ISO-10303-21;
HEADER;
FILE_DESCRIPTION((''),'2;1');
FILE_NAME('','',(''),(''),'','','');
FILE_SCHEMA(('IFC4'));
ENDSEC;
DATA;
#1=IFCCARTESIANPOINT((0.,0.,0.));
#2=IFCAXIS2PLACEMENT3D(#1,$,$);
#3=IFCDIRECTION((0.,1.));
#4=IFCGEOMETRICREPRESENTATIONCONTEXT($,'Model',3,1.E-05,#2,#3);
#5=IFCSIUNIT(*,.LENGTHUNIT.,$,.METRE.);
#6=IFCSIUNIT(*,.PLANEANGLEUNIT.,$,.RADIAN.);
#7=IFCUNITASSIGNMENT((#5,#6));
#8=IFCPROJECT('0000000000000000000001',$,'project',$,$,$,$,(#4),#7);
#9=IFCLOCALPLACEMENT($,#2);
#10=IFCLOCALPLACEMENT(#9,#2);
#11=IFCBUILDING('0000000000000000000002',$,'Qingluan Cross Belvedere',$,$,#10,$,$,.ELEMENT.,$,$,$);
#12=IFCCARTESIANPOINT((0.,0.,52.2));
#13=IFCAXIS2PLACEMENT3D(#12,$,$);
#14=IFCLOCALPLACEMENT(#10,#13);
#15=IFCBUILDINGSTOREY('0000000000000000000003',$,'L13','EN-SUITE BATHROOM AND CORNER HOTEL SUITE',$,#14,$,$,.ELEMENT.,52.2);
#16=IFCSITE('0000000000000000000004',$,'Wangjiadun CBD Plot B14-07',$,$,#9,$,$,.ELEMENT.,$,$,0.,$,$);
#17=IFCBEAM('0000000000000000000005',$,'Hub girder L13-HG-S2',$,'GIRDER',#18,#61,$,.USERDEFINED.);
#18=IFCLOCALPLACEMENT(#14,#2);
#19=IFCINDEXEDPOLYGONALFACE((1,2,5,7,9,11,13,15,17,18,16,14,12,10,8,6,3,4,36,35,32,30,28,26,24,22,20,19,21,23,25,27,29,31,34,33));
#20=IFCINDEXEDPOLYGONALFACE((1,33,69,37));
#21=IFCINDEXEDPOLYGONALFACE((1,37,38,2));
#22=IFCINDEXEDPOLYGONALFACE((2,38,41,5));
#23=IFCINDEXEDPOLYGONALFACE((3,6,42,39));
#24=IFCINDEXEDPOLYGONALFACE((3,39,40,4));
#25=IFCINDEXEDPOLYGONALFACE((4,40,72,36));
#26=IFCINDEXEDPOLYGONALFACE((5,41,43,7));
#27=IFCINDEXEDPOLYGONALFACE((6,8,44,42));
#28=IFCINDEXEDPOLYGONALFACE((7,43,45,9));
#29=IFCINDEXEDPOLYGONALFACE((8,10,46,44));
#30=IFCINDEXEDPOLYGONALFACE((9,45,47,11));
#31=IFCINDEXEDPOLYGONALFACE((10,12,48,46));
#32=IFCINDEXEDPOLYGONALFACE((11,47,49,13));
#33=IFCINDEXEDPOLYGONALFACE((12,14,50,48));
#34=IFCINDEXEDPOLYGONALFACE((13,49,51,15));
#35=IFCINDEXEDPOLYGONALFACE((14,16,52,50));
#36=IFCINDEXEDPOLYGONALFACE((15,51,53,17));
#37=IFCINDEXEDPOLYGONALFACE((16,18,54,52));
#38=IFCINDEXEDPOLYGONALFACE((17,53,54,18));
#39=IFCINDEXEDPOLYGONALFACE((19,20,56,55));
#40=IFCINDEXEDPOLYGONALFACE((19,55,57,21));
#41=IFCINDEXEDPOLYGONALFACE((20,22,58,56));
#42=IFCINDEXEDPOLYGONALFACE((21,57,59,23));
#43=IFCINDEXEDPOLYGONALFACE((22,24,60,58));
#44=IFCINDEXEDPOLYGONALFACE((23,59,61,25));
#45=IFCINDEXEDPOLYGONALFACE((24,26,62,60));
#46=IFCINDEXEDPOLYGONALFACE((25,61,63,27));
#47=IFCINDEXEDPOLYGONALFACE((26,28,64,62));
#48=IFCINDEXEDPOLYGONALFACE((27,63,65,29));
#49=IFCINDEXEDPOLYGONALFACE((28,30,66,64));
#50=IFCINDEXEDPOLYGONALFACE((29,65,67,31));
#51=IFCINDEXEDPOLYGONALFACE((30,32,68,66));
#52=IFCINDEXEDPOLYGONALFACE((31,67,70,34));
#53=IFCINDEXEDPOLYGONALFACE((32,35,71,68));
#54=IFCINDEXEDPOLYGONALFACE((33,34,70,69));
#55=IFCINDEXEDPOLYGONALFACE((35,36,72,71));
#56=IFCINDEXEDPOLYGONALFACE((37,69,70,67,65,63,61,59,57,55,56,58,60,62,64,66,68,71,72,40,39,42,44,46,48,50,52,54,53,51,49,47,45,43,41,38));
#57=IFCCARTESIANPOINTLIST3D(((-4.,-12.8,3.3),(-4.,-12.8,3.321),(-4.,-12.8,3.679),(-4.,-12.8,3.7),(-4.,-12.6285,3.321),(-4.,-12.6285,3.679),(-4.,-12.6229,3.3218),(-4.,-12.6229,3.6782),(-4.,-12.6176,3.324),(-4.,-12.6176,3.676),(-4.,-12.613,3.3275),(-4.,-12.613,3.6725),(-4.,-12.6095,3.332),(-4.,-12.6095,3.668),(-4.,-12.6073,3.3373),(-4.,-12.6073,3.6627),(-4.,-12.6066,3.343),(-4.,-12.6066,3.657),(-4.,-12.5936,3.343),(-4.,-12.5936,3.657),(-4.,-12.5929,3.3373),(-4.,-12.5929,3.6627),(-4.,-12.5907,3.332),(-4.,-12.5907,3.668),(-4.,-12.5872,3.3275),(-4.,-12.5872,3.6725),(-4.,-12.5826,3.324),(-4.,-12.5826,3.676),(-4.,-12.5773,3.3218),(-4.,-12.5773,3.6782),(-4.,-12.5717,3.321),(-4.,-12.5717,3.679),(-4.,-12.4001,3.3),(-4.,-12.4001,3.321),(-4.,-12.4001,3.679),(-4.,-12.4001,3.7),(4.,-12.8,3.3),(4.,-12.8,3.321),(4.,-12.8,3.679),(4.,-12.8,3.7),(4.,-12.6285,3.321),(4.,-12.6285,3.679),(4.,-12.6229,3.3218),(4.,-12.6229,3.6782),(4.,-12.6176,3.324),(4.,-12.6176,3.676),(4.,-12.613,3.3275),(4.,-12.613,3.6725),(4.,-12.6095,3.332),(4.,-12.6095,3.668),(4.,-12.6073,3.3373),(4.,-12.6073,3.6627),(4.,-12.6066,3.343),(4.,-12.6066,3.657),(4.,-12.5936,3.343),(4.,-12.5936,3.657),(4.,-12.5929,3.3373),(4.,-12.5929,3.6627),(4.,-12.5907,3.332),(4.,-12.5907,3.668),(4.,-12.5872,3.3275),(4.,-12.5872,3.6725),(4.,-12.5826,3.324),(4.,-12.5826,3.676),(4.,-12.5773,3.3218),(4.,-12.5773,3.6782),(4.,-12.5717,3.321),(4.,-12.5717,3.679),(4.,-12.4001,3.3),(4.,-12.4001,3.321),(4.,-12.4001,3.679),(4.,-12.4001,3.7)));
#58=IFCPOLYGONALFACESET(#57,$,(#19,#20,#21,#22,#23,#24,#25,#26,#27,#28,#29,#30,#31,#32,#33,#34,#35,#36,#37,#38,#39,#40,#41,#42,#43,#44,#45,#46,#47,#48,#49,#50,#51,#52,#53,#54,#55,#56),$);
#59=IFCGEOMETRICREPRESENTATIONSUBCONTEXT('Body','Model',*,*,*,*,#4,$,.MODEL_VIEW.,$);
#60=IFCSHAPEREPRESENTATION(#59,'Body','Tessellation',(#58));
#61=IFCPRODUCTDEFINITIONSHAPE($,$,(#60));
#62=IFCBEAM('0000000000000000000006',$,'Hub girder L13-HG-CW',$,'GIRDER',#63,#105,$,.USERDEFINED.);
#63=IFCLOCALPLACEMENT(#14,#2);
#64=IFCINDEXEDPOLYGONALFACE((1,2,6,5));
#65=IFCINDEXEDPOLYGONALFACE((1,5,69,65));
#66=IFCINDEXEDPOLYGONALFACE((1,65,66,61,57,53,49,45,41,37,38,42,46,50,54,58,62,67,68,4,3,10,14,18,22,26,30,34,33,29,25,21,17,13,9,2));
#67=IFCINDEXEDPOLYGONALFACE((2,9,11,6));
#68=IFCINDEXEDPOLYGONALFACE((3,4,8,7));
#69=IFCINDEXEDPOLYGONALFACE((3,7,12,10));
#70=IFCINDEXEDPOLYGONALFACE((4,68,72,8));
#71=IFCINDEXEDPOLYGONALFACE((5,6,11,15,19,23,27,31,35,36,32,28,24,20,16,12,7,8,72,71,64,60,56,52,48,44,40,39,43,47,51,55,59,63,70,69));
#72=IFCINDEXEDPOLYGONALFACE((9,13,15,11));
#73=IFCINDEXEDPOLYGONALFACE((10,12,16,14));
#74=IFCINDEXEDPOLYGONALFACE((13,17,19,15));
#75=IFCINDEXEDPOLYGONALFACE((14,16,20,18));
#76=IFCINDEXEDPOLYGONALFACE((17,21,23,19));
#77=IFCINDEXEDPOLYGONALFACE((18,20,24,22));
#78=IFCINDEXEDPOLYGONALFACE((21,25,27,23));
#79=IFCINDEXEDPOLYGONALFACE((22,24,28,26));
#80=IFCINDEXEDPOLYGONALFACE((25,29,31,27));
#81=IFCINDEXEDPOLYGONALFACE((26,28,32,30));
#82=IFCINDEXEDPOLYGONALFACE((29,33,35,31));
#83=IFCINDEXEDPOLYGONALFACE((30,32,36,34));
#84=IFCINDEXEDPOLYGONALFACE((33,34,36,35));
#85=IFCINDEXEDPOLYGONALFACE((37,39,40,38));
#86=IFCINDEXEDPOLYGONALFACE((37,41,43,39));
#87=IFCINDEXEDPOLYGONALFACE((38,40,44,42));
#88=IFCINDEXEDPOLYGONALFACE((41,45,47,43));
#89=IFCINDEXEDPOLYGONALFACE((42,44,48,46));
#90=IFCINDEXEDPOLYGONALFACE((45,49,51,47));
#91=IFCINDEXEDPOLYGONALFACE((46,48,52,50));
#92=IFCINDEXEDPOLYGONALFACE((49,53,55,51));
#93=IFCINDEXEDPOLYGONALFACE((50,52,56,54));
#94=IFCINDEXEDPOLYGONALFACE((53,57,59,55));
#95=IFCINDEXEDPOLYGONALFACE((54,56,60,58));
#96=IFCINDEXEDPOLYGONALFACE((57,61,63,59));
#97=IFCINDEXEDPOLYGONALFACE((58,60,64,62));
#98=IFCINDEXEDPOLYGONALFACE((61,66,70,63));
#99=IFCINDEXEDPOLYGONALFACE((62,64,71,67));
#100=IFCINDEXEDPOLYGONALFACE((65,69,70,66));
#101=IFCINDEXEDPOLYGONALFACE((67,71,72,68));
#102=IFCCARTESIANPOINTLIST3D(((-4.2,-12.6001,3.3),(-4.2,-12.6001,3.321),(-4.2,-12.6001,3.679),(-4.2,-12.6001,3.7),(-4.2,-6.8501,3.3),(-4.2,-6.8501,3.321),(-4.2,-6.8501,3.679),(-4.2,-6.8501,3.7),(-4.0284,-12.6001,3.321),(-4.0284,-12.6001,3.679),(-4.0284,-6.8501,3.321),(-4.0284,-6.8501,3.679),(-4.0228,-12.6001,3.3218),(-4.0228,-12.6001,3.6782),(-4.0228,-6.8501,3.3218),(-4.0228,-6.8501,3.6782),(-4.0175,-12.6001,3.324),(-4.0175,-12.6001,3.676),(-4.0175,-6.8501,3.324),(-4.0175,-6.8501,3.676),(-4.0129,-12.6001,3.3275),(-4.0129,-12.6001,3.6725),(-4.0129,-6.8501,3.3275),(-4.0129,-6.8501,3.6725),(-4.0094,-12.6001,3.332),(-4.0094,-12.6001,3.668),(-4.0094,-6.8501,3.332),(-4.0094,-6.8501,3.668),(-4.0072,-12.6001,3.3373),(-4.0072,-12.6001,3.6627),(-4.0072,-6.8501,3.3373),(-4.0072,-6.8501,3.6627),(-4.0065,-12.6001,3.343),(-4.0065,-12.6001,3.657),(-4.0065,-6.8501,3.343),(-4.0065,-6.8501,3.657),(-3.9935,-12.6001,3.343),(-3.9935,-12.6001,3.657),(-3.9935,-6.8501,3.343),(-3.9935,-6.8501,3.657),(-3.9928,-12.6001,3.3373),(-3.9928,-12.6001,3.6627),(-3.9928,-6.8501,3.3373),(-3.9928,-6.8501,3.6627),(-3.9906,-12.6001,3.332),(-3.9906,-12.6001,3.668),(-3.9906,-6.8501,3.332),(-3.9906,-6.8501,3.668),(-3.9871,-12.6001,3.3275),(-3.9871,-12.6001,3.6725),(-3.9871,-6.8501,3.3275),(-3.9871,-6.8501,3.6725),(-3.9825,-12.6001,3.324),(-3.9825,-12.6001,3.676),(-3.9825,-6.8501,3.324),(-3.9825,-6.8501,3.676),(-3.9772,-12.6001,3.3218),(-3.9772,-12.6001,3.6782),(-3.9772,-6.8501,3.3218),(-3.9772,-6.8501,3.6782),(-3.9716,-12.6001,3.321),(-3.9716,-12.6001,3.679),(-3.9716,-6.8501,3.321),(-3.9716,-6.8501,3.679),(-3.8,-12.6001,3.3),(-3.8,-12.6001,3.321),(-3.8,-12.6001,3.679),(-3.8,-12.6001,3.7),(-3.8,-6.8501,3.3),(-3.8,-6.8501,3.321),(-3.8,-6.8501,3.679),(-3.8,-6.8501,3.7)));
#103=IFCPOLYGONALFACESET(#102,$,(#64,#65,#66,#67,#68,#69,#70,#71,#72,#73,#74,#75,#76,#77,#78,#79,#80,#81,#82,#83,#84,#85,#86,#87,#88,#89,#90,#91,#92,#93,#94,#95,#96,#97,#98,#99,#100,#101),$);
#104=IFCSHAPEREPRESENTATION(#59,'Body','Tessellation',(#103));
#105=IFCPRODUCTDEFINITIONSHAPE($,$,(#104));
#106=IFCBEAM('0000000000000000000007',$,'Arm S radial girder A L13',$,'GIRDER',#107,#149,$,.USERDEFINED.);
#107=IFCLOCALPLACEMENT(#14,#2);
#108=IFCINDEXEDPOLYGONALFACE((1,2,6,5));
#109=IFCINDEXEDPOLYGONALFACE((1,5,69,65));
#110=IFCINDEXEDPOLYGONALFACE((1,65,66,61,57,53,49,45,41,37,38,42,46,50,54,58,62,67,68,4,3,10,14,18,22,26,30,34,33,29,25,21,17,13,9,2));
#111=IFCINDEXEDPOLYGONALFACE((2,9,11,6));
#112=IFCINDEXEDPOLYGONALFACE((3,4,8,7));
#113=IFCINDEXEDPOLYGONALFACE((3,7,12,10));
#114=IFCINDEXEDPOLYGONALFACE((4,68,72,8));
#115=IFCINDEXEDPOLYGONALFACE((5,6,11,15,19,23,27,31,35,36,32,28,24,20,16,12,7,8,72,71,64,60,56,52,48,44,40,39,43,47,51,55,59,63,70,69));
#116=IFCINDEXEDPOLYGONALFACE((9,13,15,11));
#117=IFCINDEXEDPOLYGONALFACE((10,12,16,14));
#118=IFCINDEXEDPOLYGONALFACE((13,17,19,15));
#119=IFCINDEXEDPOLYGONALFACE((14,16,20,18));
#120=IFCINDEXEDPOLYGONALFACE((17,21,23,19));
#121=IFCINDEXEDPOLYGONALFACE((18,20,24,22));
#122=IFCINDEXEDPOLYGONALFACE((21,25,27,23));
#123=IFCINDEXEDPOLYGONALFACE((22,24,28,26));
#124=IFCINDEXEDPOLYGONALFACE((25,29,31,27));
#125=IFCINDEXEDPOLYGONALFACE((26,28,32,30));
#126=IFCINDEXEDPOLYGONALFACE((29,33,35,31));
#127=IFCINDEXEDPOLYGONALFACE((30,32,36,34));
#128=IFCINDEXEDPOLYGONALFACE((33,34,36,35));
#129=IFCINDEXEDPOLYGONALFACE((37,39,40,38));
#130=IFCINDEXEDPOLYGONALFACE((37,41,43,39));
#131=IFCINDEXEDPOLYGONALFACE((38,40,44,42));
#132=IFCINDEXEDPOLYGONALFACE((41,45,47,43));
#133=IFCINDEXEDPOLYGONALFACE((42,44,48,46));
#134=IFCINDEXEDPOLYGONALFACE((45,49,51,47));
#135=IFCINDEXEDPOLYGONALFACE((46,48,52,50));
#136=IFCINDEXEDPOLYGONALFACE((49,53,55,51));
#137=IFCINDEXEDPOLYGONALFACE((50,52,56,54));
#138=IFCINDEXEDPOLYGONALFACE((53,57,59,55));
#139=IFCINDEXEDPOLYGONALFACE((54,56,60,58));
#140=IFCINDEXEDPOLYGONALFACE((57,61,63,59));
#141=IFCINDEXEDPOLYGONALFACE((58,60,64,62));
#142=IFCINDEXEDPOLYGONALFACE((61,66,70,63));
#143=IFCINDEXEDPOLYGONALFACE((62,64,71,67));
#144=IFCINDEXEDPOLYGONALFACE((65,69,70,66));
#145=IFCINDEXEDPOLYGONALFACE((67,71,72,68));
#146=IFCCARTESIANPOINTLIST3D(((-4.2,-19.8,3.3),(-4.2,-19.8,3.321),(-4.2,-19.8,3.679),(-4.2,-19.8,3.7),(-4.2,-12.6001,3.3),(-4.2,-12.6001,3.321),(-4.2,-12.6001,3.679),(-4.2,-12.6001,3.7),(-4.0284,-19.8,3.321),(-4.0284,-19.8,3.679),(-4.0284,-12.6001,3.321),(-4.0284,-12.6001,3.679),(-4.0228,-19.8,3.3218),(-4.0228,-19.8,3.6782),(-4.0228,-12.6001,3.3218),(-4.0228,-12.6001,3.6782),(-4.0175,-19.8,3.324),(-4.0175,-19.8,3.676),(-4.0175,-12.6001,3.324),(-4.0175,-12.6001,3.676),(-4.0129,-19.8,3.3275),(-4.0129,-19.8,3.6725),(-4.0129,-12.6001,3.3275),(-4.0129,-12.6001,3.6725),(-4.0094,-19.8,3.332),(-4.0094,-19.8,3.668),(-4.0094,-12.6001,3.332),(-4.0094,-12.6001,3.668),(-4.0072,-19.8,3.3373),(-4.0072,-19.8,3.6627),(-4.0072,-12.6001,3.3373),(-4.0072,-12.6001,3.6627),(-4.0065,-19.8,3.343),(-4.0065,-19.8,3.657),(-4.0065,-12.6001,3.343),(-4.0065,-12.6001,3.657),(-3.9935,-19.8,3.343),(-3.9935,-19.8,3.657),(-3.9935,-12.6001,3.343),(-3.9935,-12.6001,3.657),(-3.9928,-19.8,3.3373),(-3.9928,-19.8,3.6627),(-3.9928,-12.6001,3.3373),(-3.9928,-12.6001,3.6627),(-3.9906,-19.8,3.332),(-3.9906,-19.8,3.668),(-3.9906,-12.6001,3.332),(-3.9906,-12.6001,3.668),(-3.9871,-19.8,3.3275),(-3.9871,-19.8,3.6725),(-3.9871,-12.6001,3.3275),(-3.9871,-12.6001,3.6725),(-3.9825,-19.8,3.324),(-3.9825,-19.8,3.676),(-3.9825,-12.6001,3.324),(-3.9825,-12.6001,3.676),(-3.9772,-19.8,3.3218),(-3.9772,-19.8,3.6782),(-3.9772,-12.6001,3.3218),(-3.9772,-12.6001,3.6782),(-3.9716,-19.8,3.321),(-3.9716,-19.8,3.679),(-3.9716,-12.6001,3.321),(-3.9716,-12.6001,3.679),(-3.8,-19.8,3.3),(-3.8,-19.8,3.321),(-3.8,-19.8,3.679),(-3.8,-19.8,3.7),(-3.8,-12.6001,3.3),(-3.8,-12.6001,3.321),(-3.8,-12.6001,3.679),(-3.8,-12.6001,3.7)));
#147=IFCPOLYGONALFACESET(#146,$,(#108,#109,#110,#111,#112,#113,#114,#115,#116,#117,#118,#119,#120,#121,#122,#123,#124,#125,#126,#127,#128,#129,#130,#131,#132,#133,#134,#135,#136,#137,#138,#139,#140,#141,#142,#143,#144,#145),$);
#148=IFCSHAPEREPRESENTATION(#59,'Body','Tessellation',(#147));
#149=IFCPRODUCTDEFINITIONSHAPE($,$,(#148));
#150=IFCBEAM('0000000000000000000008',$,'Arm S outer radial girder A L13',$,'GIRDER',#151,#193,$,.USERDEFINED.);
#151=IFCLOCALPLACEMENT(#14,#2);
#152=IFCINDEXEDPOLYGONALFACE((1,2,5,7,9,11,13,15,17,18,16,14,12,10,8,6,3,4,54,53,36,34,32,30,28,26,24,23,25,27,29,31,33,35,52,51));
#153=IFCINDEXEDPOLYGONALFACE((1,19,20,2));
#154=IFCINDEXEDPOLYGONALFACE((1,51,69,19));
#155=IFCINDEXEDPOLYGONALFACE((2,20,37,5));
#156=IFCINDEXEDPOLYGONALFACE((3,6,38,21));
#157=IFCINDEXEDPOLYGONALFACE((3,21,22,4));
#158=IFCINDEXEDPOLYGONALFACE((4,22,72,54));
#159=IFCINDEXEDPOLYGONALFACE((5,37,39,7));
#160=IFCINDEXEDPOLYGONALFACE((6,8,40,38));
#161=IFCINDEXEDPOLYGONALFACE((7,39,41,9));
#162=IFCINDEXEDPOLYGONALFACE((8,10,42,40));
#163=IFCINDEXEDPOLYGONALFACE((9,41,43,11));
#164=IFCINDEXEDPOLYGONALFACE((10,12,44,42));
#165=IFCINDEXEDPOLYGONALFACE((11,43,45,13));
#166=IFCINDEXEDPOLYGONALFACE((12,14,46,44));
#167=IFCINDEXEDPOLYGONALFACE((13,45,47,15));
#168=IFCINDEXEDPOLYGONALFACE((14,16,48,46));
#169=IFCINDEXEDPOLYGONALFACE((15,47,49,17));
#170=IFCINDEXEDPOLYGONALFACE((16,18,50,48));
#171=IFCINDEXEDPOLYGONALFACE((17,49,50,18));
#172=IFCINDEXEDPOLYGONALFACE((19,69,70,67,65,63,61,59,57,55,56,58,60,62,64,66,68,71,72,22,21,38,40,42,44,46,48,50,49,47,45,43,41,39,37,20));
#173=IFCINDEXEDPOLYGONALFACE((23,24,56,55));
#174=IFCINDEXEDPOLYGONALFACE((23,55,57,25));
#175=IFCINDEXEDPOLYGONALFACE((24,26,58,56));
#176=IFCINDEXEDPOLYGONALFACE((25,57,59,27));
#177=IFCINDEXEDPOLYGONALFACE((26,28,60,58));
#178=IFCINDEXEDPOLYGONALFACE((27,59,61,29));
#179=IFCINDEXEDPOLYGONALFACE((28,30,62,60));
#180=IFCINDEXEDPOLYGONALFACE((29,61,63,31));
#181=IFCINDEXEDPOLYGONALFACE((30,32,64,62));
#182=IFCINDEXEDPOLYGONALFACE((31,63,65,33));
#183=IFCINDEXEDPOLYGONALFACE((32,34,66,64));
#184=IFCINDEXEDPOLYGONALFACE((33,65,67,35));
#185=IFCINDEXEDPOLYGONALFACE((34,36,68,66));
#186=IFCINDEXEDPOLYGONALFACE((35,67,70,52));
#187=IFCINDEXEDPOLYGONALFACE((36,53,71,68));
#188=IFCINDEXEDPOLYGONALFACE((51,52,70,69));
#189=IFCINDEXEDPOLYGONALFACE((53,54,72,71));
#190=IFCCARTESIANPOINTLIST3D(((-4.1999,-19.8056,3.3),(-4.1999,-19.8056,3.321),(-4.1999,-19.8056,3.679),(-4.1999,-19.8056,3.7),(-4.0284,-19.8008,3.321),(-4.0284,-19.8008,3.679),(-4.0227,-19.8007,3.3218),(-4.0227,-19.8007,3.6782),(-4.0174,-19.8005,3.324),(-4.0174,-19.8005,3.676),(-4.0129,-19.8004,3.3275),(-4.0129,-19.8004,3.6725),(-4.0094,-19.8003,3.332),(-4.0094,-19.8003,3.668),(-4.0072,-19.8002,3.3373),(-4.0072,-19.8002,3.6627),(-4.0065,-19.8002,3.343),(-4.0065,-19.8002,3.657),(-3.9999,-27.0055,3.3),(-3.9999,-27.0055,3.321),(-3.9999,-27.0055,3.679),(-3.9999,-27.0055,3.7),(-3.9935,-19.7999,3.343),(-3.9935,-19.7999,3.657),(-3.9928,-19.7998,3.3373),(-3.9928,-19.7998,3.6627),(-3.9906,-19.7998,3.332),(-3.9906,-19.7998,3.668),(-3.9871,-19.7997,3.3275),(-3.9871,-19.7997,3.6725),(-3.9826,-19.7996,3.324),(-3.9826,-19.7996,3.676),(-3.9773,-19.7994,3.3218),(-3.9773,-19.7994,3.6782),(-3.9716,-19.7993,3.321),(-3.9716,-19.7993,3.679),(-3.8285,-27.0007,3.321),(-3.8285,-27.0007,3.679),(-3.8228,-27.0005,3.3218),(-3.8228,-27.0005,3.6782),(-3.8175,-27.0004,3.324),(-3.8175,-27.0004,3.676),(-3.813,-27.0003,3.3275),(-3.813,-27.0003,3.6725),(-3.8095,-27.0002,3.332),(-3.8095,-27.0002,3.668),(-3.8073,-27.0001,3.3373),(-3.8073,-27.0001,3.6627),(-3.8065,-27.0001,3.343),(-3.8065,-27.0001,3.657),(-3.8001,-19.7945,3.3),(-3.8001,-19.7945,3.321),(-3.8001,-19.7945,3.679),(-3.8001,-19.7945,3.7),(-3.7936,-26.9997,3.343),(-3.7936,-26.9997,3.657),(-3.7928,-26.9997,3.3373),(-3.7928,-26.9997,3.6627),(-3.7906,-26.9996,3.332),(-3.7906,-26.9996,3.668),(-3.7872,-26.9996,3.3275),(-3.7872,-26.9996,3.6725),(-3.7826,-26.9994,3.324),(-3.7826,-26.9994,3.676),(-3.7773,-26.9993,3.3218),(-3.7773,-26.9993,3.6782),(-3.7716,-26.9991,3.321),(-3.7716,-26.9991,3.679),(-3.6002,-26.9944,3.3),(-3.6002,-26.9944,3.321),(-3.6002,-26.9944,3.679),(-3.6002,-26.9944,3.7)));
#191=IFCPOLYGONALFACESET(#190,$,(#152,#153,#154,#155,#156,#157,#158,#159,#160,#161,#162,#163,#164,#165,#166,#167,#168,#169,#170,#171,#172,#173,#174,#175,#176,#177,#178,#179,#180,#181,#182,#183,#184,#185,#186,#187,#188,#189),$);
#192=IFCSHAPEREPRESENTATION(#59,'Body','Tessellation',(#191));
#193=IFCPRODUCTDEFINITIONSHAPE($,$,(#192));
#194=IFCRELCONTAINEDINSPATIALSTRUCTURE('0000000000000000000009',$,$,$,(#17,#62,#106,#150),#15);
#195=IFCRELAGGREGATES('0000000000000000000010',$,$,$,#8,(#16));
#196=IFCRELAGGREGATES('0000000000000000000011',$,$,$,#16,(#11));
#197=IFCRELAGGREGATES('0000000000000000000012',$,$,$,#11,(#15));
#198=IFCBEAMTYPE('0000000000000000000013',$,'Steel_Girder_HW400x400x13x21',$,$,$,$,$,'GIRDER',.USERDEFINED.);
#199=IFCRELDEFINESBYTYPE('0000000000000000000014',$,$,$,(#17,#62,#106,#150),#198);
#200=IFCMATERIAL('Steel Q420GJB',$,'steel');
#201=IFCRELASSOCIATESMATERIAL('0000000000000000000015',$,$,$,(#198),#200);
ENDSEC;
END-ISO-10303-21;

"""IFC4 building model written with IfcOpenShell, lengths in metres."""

from ifc_helpers import new_model, si_unit, direction, frame, origin, origin_2d, place, context, subcontext, project, spatial, i_section, extrude, material, material_profile, profile_set, type_object, element, save


model = new_model("IFC4")

# Units and contexts
model_context = context("Model", 3, precision=1e-05, world=origin(), true_north=direction((0.0, 1.0)))
body_context = subcontext(model_context, "Body", "Model", "MODEL_VIEW")
ifc_project = project(units=[si_unit("LENGTHUNIT", "METRE"), si_unit("PLANEANGLEUNIT", "RADIAN")], contexts=[model_context])

# Site, building, storey
site_placement = place(None, origin())
site = spatial("IfcSite", under=ifc_project, at=site_placement, Name="Wangjiadun CBD Plot B14-07", CompositionType="ELEMENT", RefElevation=0.0)
building_placement = place(site_placement, origin())
building = spatial("IfcBuilding", under=site, at=building_placement, Name="Qingluan Cross Belvedere", CompositionType="ELEMENT")
storey_placement = place(building_placement, frame((0.0, 0.0, 52.2)))
storey = spatial("IfcBuildingStorey", under=building, at=storey_placement, Name="L13", Description="EN-SUITE BATHROOM AND CORNER HOTEL SUITE", CompositionType="ELEMENT", Elevation=52.2)

# Beams
ifc_material_1 = material(Name="Steel Q420GJB", Category="steel")
ifc_material_profile_1 = material_profile(ifc_material_1, i_section(OverallWidth=0.3999, OverallDepth=0.3999, WebThickness=0.0129, FlangeThickness=0.021, FilletRadius=0.022, at=origin_2d()), Name="HW400x400x13x21")
ifc_profile_set_1 = profile_set([ifc_material_profile_1], Name="Steel Q420GJB")
beam_type_1 = type_object("IfcBeamType", Name="Steel_Girder_HW400x400x13x21", ElementType="GIRDER", PredefinedType="USERDEFINED", material=ifc_profile_set_1)
beam_1_placement = place(storey_placement, frame((-4.0, -12.6001, 3.5), z_axis=(1.0, 0.0, 0.0), x_axis=(0.0, 1.0, 0.0)))
element("IfcBeam", 1, at=beam_1_placement, inside=storey, type_object=beam_type_1, Name="Hub girder L13-HG-S2", ObjectType="GIRDER", PredefinedType="USERDEFINED", context=body_context, shape_type="SweptSolid", body=[
    extrude(i_section(OverallWidth=0.3999, OverallDepth=0.3999, WebThickness=0.0129, FlangeThickness=0.021, FilletRadius=0.022, at=origin_2d()), origin(), (0.0, 0.0, 1.0), 8.0),
])
beam_2_placement = place(storey_placement, frame((-4.0, -12.6001, 3.5), z_axis=(0.0, 1.0, 0.0), x_axis=(-1.0, 0.0, 0.0)))
element("IfcBeam", 2, at=beam_2_placement, inside=storey, type_object=beam_type_1, Name="Hub girder L13-HG-CW", ObjectType="GIRDER", PredefinedType="USERDEFINED", context=body_context, shape_type="SweptSolid", body=[
    extrude(i_section(OverallWidth=0.3999, OverallDepth=0.3999, WebThickness=0.0129, FlangeThickness=0.021, FilletRadius=0.022, at=origin_2d()), origin(), (0.0, 0.0, 1.0), 5.75),
])
beam_3_placement = place(storey_placement, frame((-4.0, -12.6001, 3.5), z_axis=(0.0, -1.0, 0.0), x_axis=(1.0, 0.0, 0.0)))
element("IfcBeam", 3, at=beam_3_placement, inside=storey, type_object=beam_type_1, Name="Arm S radial girder A L13", ObjectType="GIRDER", PredefinedType="USERDEFINED", context=body_context, shape_type="SweptSolid", body=[
    extrude(i_section(OverallWidth=0.3999, OverallDepth=0.3999, WebThickness=0.0129, FlangeThickness=0.021, FilletRadius=0.022, at=origin_2d()), origin(), (0.0, 0.0, 1.0), 7.2),
])
beam_4_placement = place(storey_placement, frame((-4.0, -19.8, 3.5), z_axis=(0.02776, -0.999615, 0.0), x_axis=(0.999615, 0.02776, 0.0)))
element("IfcBeam", 4, at=beam_4_placement, inside=storey, type_object=beam_type_1, Name="Arm S outer radial girder A L13", ObjectType="GIRDER", PredefinedType="USERDEFINED", context=body_context, shape_type="SweptSolid", body=[
    extrude(i_section(OverallWidth=0.3999, OverallDepth=0.3999, WebThickness=0.0129, FlangeThickness=0.021, FilletRadius=0.022, at=origin_2d()), origin(), (0.0, 0.0, 1.0), 7.2026),
])

save(model, "model.ifc")
